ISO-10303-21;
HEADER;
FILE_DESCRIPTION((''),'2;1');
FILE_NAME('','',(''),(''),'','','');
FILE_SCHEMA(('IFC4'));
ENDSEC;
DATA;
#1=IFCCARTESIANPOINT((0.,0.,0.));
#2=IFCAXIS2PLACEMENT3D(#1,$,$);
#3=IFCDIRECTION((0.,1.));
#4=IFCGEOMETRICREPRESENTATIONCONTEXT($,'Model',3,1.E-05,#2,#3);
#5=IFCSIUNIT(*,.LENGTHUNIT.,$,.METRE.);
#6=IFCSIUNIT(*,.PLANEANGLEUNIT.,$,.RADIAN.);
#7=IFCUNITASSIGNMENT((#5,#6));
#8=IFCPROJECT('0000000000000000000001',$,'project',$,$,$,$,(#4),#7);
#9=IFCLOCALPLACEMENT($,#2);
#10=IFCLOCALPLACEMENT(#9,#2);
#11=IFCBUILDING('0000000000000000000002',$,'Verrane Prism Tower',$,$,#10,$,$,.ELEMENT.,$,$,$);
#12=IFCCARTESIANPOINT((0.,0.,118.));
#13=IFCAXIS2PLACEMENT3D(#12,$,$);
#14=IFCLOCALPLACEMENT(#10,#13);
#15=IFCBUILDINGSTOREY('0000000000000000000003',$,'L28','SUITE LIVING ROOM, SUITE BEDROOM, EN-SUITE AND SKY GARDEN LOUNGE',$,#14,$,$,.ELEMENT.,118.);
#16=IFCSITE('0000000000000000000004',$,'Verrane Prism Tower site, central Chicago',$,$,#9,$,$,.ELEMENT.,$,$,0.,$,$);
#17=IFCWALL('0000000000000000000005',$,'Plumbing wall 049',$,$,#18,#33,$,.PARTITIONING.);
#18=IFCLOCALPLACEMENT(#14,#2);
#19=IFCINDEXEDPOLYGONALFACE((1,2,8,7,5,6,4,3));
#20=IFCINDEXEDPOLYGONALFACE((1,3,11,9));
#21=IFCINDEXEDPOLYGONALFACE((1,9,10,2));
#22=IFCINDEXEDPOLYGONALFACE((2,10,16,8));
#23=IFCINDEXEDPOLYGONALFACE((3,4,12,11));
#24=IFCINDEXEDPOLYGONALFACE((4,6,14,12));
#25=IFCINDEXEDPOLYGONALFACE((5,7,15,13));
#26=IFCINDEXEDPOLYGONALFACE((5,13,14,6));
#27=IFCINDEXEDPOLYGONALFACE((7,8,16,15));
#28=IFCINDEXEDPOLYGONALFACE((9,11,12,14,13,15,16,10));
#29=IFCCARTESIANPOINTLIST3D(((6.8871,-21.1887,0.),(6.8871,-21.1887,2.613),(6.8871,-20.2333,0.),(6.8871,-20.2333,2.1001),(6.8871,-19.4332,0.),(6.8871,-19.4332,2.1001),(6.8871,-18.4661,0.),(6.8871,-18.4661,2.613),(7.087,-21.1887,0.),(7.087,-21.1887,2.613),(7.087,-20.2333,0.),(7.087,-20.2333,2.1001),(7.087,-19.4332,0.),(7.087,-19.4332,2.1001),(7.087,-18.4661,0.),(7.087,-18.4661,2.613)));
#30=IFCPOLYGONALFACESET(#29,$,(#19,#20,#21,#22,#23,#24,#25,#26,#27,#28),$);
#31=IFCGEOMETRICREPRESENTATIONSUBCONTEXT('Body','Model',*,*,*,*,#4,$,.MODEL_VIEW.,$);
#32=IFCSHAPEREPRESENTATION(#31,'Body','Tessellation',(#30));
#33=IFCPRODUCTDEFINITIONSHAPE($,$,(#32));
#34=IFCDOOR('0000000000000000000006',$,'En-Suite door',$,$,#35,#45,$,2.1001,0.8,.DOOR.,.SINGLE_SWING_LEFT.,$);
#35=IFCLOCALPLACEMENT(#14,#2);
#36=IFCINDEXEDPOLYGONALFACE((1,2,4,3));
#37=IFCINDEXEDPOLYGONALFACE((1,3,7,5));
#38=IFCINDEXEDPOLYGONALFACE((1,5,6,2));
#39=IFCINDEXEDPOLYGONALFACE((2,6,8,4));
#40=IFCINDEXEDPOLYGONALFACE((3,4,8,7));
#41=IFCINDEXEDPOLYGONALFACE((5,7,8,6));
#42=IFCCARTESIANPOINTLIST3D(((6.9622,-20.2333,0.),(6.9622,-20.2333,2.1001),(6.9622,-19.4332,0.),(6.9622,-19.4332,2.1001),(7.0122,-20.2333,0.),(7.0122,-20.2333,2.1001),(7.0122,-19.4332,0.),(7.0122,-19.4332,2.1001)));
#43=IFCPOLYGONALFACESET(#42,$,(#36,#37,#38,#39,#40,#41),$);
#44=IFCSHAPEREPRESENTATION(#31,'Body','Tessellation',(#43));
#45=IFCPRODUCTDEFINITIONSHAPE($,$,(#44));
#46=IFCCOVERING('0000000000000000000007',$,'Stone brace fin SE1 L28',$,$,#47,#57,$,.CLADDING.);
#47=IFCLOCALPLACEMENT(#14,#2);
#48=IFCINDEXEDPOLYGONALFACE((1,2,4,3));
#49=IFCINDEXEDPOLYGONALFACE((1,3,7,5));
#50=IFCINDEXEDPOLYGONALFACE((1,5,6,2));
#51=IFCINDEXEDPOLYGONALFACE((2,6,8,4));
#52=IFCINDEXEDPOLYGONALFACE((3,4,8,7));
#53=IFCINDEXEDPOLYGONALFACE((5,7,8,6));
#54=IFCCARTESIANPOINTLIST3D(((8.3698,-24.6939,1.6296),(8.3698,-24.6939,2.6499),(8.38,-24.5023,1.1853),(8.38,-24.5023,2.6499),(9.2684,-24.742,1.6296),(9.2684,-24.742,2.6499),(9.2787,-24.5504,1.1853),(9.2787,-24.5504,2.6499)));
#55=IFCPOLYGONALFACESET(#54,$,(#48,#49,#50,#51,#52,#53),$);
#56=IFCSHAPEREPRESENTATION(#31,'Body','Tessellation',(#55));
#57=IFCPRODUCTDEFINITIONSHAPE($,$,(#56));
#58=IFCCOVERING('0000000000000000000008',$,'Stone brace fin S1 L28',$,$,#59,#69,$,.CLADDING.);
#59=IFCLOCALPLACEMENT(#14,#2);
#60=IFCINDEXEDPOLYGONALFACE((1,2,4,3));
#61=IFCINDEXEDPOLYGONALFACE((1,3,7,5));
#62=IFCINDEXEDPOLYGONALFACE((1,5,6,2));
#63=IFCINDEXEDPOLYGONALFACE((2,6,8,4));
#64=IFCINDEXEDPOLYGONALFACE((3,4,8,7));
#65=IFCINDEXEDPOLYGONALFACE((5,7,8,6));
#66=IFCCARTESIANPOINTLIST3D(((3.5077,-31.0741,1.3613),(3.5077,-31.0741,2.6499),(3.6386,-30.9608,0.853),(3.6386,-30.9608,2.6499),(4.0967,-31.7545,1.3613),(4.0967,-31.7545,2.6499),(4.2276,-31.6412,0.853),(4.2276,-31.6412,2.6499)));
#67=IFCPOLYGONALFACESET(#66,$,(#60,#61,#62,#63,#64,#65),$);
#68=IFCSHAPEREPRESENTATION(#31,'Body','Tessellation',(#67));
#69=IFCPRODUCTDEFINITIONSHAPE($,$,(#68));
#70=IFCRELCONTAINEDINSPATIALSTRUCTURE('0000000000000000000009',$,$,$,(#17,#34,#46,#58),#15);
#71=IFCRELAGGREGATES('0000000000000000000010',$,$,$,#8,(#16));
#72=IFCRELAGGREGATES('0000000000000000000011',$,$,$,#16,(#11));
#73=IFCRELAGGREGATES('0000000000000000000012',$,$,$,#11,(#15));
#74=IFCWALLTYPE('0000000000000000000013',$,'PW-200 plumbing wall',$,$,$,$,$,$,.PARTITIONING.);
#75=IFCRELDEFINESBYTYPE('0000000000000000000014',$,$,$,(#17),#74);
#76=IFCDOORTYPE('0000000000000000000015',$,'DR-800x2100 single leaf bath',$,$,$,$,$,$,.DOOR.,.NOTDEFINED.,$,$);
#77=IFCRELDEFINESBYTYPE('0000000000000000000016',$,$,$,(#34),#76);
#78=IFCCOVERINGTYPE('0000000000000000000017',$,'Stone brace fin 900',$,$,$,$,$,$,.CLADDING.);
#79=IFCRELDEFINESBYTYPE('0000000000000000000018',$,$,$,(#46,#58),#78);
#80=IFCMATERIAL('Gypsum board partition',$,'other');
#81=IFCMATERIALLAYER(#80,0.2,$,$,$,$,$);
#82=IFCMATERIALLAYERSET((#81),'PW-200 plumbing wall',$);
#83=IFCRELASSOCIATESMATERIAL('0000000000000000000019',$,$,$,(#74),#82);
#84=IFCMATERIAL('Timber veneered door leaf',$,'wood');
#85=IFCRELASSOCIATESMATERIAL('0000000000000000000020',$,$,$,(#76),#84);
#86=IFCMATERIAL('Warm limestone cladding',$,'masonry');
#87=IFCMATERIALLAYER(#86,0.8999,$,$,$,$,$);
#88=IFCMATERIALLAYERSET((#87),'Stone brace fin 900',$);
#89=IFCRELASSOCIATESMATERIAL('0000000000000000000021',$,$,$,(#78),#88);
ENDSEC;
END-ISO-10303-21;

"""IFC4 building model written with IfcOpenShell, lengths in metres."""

from ifc_helpers import new_model, si_unit, direction, frame, frame_2d, origin, place, context, subcontext, project, spatial, polyline, rectangle, outline, extrude, material, layer, layer_set, type_object, element, fill, save


model = new_model("IFC4")

# Units and contexts
model_context = context("Model", 3, precision=1e-05, world=origin(), true_north=direction((0.0, 1.0)))
body_context = subcontext(model_context, "Body", "Model", "MODEL_VIEW")
ifc_project = project(units=[si_unit("LENGTHUNIT", "METRE"), si_unit("PLANEANGLEUNIT", "RADIAN")], contexts=[model_context])

# Site, building, storey
site_placement = place(None, origin())
site = spatial("IfcSite", under=ifc_project, at=site_placement, Name="Verrane Prism Tower site, central Chicago", CompositionType="ELEMENT", RefElevation=0.0)
building_placement = place(site_placement, origin())
building = spatial("IfcBuilding", under=site, at=building_placement, Name="Verrane Prism Tower", CompositionType="ELEMENT")
storey_placement = place(building_placement, frame((0.0, 0.0, 118.0)))
storey = spatial("IfcBuildingStorey", under=building, at=storey_placement, Name="L28", Description="SUITE LIVING ROOM, SUITE BEDROOM, EN-SUITE AND SKY GARDEN LOUNGE", CompositionType="ELEMENT", Elevation=118.0)

# Wall, opening, door
ifc_material_1 = material(Name="Gypsum board partition", Category="other")
ifc_layer_1 = layer(ifc_material_1, 0.2)
ifc_layer_set_1 = layer_set([ifc_layer_1], Name="PW-200 plumbing wall")
wall_type = type_object("IfcWallType", Name="PW-200 plumbing wall", PredefinedType="PARTITIONING", material=ifc_layer_set_1)
wall_placement = place(storey_placement, frame((6.9871, -21.1887, 0.0), z_axis=(0.0, 0.0, 1.0), x_axis=(0.0, 1.0, 0.0)))
wall = element("IfcWall", 1, at=wall_placement, inside=storey, type_object=wall_type, Name="Plumbing wall 049", PredefinedType="PARTITIONING", context=body_context, shape_type="SweptSolid", body=[
    extrude(rectangle(XDim=2.7227, YDim=0.2, at=frame_2d((1.3613, 0.0))), origin(), (0.0, 0.0, 1.0), 2.613),
])
opening_placement = place(wall_placement, frame((0.9556, 0.0, 0.0)))
opening = element("IfcOpeningElement", 2, at=opening_placement, cuts=wall, PredefinedType="OPENING", context=body_context, shape_type="SweptSolid", body=[
    extrude(rectangle(XDim=0.8, YDim=2.1001, at=frame_2d((0.3999, 1.05))), frame((0.0, 0.1099, 0.0), z_axis=(0.0, -1.0, 0.0), x_axis=(1.0, 0.0, 0.0)), (0.0, 0.0, 1.0), 0.22),
])
ifc_material_2 = material(Name="Timber veneered door leaf", Category="wood")
door_type = type_object("IfcDoorType", Name="DR-800x2100 single leaf bath", OperationType="NOTDEFINED", PredefinedType="DOOR", material=ifc_material_2)
door_placement = place(opening_placement, origin())
door = element("IfcDoor", 3, at=door_placement, inside=storey, type_object=door_type, Name="En-Suite door", OperationType="SINGLE_SWING_LEFT", OverallHeight=2.1001, OverallWidth=0.8, PredefinedType="DOOR", context=body_context, shape_type="SweptSolid", body=[
    extrude(rectangle(XDim=0.8, YDim=2.1001, at=frame_2d((0.3999, 1.05))), frame((0.0, 0.0249, 0.0), z_axis=(0.0, -1.0, 0.0), x_axis=(1.0, 0.0, 0.0)), (0.0, 0.0, 1.0), 0.05),
])
fill(opening, door)

# Coverings
ifc_material_3 = material(Name="Warm limestone cladding", Category="masonry")
ifc_layer_2 = layer(ifc_material_3, 0.8999)
ifc_layer_set_2 = layer_set([ifc_layer_2], Name="Stone brace fin 900")
covering_type = type_object("IfcCoveringType", Name="Stone brace fin 900", PredefinedType="CLADDING", material=ifc_layer_set_2)
covering_1_placement = place(storey_placement, frame((8.8293, -24.5264, 1.1853), z_axis=(0.0, 0.0, 1.0), x_axis=(-0.053427, -0.998572, 0.0)))
element("IfcCovering", 4, at=covering_1_placement, inside=storey, type_object=covering_type, Name="Stone brace fin SE1 L28", PredefinedType="CLADDING", context=body_context, shape_type="SweptSolid", body=[
    extrude(outline(polyline([(0.1919, 1.4646), (0.0, 1.4646), (0.0, 0.0), (0.1919, 0.4443), (0.1919, 1.4646)])), frame((0.0, 0.45, 0.0), z_axis=(0.0, -1.0, 0.0), x_axis=(1.0, 0.0, 0.0)), (0.0, 0.0, 1.0), 0.8999),
])
covering_2_placement = place(storey_placement, frame((3.9331, -31.301, 0.853), z_axis=(0.0, 0.0, 1.0), x_axis=(-0.756061, -0.654501, 0.0)))
element("IfcCovering", 5, at=covering_2_placement, inside=storey, type_object=covering_type, Name="Stone brace fin S1 L28", PredefinedType="CLADDING", context=body_context, shape_type="SweptSolid", body=[
    extrude(outline(polyline([(0.1731, 1.7969), (0.0, 1.7969), (0.0, 0.0), (0.1731, 0.5083), (0.1731, 1.7969)])), frame((0.0, 0.45, 0.0), z_axis=(0.0, -1.0, 0.0), x_axis=(1.0, 0.0, 0.0)), (0.0, 0.0, 1.0), 0.8999),
])

save(model, "model.ifc")
